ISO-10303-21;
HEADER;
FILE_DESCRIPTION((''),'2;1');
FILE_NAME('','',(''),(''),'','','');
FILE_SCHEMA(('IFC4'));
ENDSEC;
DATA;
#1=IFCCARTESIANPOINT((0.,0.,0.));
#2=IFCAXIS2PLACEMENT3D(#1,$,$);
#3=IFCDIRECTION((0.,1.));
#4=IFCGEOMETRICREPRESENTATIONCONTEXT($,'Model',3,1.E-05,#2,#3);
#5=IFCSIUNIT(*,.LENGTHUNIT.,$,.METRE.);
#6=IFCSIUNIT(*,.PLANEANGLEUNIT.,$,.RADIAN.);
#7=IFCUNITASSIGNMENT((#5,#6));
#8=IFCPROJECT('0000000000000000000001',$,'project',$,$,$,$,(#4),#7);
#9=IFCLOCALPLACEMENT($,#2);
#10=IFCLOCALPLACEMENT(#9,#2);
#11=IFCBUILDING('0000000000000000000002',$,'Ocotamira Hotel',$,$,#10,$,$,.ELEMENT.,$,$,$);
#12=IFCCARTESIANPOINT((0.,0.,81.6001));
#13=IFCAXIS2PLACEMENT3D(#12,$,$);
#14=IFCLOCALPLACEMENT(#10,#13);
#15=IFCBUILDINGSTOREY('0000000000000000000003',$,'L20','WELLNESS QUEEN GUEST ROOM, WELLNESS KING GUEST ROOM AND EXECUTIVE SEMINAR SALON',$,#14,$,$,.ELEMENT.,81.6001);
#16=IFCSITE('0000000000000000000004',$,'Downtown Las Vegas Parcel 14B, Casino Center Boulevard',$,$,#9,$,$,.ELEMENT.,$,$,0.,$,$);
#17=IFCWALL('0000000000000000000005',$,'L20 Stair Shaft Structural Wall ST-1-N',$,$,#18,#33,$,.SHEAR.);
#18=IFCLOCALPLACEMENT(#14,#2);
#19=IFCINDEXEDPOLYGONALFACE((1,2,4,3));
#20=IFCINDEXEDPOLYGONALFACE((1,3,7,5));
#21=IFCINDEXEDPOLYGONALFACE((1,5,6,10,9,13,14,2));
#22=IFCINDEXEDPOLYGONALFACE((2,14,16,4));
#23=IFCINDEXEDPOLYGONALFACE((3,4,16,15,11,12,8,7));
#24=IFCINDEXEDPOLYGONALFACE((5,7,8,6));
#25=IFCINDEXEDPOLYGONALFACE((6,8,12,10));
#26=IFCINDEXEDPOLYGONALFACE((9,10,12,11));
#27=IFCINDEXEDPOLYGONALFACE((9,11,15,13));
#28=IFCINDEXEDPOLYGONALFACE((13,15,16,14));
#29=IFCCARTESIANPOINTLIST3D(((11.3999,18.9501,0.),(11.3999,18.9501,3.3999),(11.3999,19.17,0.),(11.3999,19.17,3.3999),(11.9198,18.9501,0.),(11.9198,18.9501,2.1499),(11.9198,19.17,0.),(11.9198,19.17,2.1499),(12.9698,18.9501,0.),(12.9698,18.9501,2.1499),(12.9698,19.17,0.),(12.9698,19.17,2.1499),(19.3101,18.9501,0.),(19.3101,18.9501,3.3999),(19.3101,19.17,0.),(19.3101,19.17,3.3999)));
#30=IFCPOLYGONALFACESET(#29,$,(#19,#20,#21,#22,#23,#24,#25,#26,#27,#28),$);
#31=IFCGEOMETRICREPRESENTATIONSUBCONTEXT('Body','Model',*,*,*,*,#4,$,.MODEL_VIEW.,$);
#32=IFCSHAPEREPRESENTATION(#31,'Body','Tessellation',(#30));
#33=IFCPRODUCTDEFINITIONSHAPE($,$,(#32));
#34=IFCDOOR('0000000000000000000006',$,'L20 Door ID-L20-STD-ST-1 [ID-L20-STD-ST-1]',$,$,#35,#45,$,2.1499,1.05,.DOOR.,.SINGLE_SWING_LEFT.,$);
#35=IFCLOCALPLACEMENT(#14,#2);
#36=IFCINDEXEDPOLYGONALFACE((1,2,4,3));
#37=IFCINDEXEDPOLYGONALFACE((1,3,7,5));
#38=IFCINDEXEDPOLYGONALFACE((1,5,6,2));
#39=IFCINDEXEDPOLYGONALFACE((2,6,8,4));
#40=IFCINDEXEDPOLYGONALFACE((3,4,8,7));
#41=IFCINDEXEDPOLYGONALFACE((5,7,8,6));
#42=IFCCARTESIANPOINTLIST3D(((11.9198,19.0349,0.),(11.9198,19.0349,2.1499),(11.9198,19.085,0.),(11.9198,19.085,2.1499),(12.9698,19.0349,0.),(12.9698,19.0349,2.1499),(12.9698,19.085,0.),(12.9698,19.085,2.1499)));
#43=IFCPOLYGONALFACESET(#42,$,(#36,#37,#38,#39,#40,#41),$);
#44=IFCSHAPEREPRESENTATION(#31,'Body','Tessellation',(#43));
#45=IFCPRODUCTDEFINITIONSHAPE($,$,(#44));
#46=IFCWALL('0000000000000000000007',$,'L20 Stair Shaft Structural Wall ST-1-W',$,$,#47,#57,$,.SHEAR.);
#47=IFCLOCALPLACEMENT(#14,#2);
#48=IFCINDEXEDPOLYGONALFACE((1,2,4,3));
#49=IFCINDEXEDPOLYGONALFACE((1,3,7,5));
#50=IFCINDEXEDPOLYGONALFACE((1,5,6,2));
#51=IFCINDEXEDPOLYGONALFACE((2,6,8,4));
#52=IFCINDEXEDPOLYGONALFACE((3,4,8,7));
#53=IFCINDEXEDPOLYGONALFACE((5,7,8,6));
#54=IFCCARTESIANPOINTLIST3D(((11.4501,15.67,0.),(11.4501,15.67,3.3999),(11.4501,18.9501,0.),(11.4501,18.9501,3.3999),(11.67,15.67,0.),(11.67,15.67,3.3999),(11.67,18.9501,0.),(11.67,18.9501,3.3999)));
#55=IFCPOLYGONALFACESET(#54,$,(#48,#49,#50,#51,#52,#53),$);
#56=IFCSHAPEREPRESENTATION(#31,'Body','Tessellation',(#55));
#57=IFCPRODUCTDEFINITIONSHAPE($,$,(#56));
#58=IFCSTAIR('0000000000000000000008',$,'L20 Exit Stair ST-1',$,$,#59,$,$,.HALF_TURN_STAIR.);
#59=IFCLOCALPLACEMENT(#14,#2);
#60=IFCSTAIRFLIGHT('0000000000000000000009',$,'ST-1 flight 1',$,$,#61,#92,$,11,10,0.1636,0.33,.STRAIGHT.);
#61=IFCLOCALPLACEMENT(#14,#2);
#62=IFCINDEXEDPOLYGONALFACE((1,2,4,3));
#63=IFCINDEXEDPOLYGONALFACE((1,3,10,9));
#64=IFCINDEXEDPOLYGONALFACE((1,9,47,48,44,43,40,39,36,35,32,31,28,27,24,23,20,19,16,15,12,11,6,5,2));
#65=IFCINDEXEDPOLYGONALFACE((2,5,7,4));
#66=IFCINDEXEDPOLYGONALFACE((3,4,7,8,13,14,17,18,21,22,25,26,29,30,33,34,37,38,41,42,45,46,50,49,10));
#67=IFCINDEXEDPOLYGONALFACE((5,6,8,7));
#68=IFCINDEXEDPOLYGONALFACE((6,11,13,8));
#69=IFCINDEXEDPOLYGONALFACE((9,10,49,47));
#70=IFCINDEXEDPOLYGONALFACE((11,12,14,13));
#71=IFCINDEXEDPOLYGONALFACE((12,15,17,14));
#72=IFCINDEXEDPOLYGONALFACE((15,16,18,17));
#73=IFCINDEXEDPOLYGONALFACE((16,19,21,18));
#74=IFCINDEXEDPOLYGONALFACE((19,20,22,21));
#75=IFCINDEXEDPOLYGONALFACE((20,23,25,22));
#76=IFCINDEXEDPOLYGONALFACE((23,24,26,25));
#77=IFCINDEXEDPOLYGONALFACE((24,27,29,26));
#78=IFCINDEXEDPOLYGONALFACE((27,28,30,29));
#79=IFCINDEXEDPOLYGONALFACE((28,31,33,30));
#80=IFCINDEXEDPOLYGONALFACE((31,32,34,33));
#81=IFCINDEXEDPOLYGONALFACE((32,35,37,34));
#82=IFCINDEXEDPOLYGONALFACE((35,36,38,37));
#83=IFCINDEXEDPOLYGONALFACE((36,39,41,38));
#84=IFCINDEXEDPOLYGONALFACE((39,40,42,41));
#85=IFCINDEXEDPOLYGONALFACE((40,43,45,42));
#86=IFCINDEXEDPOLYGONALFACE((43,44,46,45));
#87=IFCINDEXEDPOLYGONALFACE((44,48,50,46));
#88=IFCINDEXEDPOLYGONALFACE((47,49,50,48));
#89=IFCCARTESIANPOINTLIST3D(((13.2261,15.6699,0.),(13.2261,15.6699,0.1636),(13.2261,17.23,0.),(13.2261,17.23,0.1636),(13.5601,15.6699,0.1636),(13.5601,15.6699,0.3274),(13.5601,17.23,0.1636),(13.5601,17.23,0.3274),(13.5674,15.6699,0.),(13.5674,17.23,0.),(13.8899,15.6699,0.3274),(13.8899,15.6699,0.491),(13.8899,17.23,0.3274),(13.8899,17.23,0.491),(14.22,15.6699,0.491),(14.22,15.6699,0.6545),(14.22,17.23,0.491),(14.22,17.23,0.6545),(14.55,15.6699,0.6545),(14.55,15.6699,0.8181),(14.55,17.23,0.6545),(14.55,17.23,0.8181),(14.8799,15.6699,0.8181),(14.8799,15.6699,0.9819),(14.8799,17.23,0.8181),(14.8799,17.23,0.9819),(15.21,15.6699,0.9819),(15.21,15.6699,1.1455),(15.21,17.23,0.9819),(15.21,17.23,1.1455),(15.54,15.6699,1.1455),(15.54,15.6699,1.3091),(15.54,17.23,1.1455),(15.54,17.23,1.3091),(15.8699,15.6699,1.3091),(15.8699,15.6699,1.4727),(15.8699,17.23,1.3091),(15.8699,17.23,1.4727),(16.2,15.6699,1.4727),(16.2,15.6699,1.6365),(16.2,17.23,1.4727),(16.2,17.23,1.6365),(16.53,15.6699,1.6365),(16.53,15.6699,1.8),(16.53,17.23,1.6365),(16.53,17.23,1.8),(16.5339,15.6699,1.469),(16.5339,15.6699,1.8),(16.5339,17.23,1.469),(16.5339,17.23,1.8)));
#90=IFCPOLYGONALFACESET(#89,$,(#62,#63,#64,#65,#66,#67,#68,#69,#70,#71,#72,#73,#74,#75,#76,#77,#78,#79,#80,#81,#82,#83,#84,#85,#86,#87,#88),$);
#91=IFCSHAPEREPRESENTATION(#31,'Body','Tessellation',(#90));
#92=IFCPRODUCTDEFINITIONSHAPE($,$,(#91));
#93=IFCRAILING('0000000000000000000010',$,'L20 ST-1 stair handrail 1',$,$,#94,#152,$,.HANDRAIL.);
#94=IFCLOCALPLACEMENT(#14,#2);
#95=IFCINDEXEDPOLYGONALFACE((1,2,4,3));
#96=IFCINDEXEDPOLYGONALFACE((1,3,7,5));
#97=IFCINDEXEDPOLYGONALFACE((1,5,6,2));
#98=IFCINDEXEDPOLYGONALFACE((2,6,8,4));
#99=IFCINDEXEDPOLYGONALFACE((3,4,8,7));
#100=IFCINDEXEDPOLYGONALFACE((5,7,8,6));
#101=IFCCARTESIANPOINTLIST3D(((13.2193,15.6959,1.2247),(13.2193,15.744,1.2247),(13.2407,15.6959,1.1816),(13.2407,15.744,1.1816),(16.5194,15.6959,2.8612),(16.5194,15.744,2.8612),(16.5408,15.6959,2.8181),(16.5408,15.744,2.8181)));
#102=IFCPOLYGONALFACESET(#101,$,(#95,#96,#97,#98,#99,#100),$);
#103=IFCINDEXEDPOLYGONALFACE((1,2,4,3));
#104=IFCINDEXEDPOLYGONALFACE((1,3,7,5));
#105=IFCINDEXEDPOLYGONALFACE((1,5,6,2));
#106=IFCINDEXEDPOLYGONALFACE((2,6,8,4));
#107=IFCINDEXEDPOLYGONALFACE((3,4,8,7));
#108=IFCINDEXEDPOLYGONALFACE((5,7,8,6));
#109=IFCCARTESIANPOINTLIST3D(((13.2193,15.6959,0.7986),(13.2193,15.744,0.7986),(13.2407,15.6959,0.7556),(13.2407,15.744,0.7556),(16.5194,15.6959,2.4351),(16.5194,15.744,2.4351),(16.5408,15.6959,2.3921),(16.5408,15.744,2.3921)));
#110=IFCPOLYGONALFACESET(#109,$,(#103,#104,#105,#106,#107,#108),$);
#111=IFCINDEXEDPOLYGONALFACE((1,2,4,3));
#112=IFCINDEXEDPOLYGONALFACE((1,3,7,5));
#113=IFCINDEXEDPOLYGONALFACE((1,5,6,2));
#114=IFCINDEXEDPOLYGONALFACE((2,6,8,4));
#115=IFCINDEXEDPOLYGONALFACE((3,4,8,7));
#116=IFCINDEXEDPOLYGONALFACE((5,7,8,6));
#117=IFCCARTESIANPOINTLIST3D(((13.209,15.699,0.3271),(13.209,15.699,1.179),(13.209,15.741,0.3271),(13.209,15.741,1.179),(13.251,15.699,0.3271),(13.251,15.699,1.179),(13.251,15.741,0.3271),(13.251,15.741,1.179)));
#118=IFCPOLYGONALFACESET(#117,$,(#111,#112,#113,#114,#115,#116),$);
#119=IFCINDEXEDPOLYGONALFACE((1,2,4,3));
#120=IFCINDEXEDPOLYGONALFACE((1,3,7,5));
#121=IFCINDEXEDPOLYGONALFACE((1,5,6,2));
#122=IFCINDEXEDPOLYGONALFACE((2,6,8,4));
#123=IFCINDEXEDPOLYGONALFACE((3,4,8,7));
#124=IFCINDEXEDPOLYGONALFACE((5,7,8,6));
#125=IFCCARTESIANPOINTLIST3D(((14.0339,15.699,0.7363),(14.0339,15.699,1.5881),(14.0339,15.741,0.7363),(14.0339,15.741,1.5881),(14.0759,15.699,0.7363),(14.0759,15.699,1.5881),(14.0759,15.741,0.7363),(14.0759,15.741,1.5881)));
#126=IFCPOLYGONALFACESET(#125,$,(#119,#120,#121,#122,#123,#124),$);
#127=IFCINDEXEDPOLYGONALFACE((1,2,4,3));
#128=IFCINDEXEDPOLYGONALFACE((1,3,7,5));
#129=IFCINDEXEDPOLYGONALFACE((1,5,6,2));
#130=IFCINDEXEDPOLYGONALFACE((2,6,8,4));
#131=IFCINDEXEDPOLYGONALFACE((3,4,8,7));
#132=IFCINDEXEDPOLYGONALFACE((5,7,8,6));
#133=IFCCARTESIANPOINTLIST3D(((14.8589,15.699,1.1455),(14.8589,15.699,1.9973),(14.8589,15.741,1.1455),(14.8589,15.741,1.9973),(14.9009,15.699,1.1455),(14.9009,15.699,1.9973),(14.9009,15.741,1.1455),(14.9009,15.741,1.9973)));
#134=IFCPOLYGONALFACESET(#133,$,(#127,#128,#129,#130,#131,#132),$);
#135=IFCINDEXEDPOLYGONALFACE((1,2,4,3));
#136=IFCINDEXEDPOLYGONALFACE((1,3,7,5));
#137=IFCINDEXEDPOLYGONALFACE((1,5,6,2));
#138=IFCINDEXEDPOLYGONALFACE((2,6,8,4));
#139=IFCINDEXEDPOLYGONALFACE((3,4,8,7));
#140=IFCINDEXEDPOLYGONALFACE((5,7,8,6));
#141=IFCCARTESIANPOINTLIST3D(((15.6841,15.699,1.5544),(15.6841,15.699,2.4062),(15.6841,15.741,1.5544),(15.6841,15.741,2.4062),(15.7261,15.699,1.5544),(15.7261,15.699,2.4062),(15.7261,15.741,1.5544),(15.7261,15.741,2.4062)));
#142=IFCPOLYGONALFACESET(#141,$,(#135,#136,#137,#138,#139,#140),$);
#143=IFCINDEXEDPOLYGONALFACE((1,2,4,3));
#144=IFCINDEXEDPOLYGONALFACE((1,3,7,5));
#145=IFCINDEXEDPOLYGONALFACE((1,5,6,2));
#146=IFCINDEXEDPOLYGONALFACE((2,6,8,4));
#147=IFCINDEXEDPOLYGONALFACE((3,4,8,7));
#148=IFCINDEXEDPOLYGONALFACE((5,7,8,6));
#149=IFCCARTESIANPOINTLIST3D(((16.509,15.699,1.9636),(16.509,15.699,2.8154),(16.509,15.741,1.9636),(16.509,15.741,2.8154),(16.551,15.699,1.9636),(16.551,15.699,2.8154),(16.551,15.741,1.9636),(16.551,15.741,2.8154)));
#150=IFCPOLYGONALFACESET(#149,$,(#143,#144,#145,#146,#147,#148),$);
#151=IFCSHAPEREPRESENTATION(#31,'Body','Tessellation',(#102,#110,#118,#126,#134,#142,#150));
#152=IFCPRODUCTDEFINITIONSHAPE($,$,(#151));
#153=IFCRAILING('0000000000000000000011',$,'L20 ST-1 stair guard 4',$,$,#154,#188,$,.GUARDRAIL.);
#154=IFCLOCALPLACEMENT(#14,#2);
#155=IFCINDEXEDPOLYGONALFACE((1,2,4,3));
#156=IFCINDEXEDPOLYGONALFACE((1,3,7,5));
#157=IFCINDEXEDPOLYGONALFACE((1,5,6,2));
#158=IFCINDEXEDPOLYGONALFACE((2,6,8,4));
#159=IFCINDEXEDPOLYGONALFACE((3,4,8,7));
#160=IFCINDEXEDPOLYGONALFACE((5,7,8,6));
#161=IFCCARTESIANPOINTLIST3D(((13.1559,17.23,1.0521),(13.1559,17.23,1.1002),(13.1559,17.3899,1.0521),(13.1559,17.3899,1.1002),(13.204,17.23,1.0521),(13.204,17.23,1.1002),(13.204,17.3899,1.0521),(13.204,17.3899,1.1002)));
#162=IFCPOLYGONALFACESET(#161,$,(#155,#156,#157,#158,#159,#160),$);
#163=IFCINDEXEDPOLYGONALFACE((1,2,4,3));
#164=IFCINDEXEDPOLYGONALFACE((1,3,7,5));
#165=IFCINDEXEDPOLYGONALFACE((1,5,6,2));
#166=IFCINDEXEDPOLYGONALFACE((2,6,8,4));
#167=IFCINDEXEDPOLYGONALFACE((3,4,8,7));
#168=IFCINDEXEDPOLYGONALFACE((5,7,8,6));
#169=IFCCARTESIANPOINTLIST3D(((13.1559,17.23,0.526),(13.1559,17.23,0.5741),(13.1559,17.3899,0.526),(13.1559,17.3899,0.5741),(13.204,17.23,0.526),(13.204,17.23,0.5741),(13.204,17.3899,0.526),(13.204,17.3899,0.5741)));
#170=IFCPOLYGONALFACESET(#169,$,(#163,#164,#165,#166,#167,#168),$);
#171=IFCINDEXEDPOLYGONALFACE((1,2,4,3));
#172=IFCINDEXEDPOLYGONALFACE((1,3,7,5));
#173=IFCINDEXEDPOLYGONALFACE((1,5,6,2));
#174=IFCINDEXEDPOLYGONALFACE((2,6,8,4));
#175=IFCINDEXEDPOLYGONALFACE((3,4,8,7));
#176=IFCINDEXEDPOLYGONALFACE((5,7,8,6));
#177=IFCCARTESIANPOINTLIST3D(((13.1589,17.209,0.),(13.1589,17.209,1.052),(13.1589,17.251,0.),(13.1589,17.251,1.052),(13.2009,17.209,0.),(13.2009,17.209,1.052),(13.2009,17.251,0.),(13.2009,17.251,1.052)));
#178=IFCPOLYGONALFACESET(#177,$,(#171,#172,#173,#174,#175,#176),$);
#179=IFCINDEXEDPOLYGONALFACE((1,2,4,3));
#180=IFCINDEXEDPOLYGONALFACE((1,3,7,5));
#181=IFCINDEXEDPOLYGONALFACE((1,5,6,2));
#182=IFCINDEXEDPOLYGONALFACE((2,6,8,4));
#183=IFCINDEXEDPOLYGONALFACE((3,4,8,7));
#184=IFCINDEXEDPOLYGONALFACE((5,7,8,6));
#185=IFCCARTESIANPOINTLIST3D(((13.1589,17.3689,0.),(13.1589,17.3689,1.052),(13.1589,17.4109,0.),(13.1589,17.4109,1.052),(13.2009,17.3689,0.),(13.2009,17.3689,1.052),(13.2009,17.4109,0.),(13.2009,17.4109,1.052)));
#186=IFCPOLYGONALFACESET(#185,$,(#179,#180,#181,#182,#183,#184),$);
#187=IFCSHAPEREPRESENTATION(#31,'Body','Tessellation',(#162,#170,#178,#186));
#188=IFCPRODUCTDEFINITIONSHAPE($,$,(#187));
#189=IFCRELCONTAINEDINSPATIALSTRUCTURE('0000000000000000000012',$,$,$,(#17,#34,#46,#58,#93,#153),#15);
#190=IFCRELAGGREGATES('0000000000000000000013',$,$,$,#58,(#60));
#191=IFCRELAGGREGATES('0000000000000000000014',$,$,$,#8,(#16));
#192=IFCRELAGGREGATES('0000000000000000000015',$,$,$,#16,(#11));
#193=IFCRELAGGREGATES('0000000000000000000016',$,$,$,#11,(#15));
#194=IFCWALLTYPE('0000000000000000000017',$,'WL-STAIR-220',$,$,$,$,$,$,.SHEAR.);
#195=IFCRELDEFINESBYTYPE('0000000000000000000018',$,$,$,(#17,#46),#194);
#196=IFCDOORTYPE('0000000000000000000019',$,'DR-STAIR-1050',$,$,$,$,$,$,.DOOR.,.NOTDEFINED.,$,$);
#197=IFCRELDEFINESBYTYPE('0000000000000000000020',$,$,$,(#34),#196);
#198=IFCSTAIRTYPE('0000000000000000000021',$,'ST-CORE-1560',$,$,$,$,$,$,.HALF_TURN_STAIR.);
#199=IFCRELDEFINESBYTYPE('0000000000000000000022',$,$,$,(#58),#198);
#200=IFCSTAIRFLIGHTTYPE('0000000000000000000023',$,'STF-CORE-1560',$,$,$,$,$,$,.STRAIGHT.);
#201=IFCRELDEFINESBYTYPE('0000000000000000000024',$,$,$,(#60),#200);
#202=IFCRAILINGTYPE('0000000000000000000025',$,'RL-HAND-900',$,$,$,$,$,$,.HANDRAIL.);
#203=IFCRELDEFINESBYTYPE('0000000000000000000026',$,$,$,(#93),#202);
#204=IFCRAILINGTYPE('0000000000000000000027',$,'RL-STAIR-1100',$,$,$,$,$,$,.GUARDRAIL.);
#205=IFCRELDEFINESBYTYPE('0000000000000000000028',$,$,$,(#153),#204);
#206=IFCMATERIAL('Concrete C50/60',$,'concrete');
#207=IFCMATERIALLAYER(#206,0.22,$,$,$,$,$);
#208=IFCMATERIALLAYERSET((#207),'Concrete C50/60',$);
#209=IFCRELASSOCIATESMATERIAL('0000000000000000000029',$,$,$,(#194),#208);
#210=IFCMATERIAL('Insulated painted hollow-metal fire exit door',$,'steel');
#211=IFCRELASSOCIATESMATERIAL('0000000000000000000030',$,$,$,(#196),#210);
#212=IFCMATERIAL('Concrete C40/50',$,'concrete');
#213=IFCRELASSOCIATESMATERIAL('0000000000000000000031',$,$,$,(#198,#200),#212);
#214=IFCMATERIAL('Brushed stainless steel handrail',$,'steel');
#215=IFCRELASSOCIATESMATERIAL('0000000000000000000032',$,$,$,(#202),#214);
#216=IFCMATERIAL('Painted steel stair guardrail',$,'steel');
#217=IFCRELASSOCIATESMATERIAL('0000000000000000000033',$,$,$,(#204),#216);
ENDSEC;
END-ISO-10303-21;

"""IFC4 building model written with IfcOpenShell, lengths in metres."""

from ifc_helpers import new_model, si_unit, direction, frame, frame_2d, origin, origin_2d, place, context, subcontext, project, spatial, polyline, rectangle, outline, extrude, source, transform, mapped, material, layer, layer_set, type_object, element, fill, aggregate, save


model = new_model("IFC4")

# Units and contexts
model_context = context("Model", 3, precision=1e-05, world=origin(), true_north=direction((0.0, 1.0)))
body_context = subcontext(model_context, "Body", "Model", "MODEL_VIEW")
ifc_project = project(units=[si_unit("LENGTHUNIT", "METRE"), si_unit("PLANEANGLEUNIT", "RADIAN")], contexts=[model_context])

# Site, building, storey
site_placement = place(None, origin())
site = spatial("IfcSite", under=ifc_project, at=site_placement, Name="Downtown Las Vegas Parcel 14B, Casino Center Boulevard", CompositionType="ELEMENT", RefElevation=0.0)
building_placement = place(site_placement, origin())
building = spatial("IfcBuilding", under=site, at=building_placement, Name="Ocotamira Hotel", CompositionType="ELEMENT")
storey_placement = place(building_placement, frame((0.0, 0.0, 81.6001)))
storey = spatial("IfcBuildingStorey", under=building, at=storey_placement, Name="L20", Description="WELLNESS QUEEN GUEST ROOM, WELLNESS KING GUEST ROOM AND EXECUTIVE SEMINAR SALON", CompositionType="ELEMENT", Elevation=81.6001)

# Shared definitions
ifc_material_1 = material(Name="Concrete C50/60", Category="concrete")
ifc_layer_1 = layer(ifc_material_1, 0.22)
ifc_layer_set_1 = layer_set([ifc_layer_1], Name="Concrete C50/60")
wall_type_1 = type_object("IfcWallType", Name="WL-STAIR-220", PredefinedType="SHEAR", material=ifc_layer_set_1)

# Wall, opening, door
wall_1_placement = place(storey_placement, frame((11.3999, 19.0601, 0.0), z_axis=(0.0, 0.0, 1.0), x_axis=(1.0, 0.0, 0.0)))
wall_1 = element("IfcWall", 1, at=wall_1_placement, inside=storey, type_object=wall_type_1, Name="L20 Stair Shaft Structural Wall ST-1-N", PredefinedType="SHEAR", context=body_context, shape_type="SweptSolid", body=[
    extrude(rectangle(XDim=7.9102, YDim=0.22, at=frame_2d((3.9551, 0.0))), origin(), (0.0, 0.0, 1.0), 3.3999),
])
opening_1_placement = place(wall_1_placement, frame((0.52, 0.0, 0.0)))
opening_1 = element("IfcOpeningElement", 2, at=opening_1_placement, cuts=wall_1, PredefinedType="OPENING", context=body_context, shape_type="SweptSolid", body=[
    extrude(rectangle(XDim=1.05, YDim=2.1499, at=frame_2d((0.5249, 1.075))), frame((0.0, 0.1201, 0.0), z_axis=(0.0, -1.0, 0.0), x_axis=(1.0, 0.0, 0.0)), (0.0, 0.0, 1.0), 0.24),
])
ifc_material_2 = material(Name="Insulated painted hollow-metal fire exit door", Category="steel")
door_type_1 = type_object("IfcDoorType", Name="DR-STAIR-1050", OperationType="NOTDEFINED", PredefinedType="DOOR", material=ifc_material_2)
shared_shape_1 = source(origin(), body_context, "Body", "SweptSolid", [
    extrude(rectangle(XDim=1.05, YDim=2.1499, at=frame_2d((0.5249, 1.075))), frame((0.0, 0.0249, 0.0), z_axis=(0.0, -1.0, 0.0), x_axis=(1.0, 0.0, 0.0)), (0.0, 0.0, 1.0), 0.05),
])
door_1_placement = place(opening_1_placement, origin())
door_1 = element("IfcDoor", 3, at=door_1_placement, inside=storey, type_object=door_type_1, Name="L20 Door ID-L20-STD-ST-1 [ID-L20-STD-ST-1]", OperationType="SINGLE_SWING_LEFT", OverallHeight=2.1499, OverallWidth=1.05, PredefinedType="DOOR", context=body_context, shape_type="MappedRepresentation", body=[
    mapped(shared_shape_1, transform((0.0, 0.0, 0.0), scale=1.0)),
])
fill(opening_1, door_1)

# Wall
wall_2_placement = place(storey_placement, frame((11.5601, 15.6699, 0.0), z_axis=(0.0, 0.0, 1.0), x_axis=(0.0, 1.0, 0.0)))
element("IfcWall", 4, at=wall_2_placement, inside=storey, type_object=wall_type_1, Name="L20 Stair Shaft Structural Wall ST-1-W", PredefinedType="SHEAR", context=body_context, shape_type="SweptSolid", body=[
    extrude(rectangle(XDim=3.28, YDim=0.22, at=frame_2d((1.6401, 0.0))), origin(), (0.0, 0.0, 1.0), 3.3999),
])

# Stair, stair flight
ifc_material_3 = material(Name="Concrete C40/50", Category="concrete")
stair_type = type_object("IfcStairType", Name="ST-CORE-1560", PredefinedType="HALF_TURN_STAIR", material=ifc_material_3)
stair_placement = place(storey_placement, origin())
stair = element("IfcStair", 5, at=stair_placement, inside=storey, type_object=stair_type, Name="L20 Exit Stair ST-1", PredefinedType="HALF_TURN_STAIR")
stair_flight_type = type_object("IfcStairFlightType", Name="STF-CORE-1560", PredefinedType="STRAIGHT", material=ifc_material_3)
shared_shape_2 = source(origin(), body_context, "Body", "SweptSolid", [
    extrude(outline(polyline([(-0.0039, 0.0), (-0.0039, 0.1636), (0.3301, 0.1636), (0.3301, 0.3274), (0.6599, 0.3274), (0.6599, 0.491), (0.99, 0.491), (0.99, 0.6545), (1.3201, 0.6545), (1.3201, 0.8181), (1.6499, 0.8181), (1.6499, 0.9819), (1.98, 0.9819), (1.98, 1.1455), (2.3101, 1.1455), (2.3101, 1.3091), (2.6399, 1.3091), (2.6399, 1.4727), (2.97, 1.4727), (2.97, 1.6365), (3.3, 1.6365), (3.3, 1.8), (3.304, 1.8), (3.304, 1.469), (0.3374, 0.0), (-0.0039, 0.0)])), frame((0.0, 0.78, 0.0), z_axis=(0.0, -1.0, 0.0), x_axis=(1.0, 0.0, 0.0)), (0.0, 0.0, 1.0), 1.5601),
])
stair_flight_placement = place(storey_placement, frame((13.23, 16.45, 0.0), z_axis=(0.0, 0.0, 1.0), x_axis=(1.0, 0.0, 0.0)))
stair_flight = element("IfcStairFlight", 6, at=stair_flight_placement, type_object=stair_flight_type, Name="ST-1 flight 1", NumberOfRisers=11, NumberOfTreads=10, PredefinedType="STRAIGHT", RiserHeight=0.1636, TreadLength=0.33, context=body_context, shape_type="MappedRepresentation", body=[
    mapped(shared_shape_2, transform((0.0, 0.0, 0.0), scale=1.0)),
])
aggregate(stair, [stair_flight])

# Railings
ifc_material_4 = material(Name="Brushed stainless steel handrail", Category="steel")
railing_type_1 = type_object("IfcRailingType", Name="RL-HAND-900", PredefinedType="HANDRAIL", material=ifc_material_4)
railing_1_placement = place(storey_placement, frame((13.23, 15.72, 0.3271)))
element("IfcRailing", 7, at=railing_1_placement, inside=storey, type_object=railing_type_1, Name="L20 ST-1 stair handrail 1", PredefinedType="HANDRAIL", context=body_context, shape_type="SweptSolid", body=[
    extrude(rectangle(XDim=0.0481, YDim=0.0481, at=origin_2d()), frame((0.0, 0.0, 0.876), z_axis=(0.895894, 0.0, 0.444268), x_axis=(0.0, 1.0, 0.0)), (0.0, 0.0, 1.0), 3.6836),
    extrude(rectangle(XDim=0.0481, YDim=0.0481, at=origin_2d()), frame((0.0, 0.0, 0.45), z_axis=(0.895894, 0.0, 0.444268), x_axis=(0.0, 1.0, 0.0)), (0.0, 0.0, 1.0), 3.6836),
    extrude(rectangle(XDim=0.042, YDim=0.042, at=origin_2d()), origin(), (0.0, 0.0, 1.0), 0.8518),
    extrude(rectangle(XDim=0.042, YDim=0.042, at=origin_2d()), frame((0.825, 0.0, 0.4092)), (0.0, 0.0, 1.0), 0.8518),
    extrude(rectangle(XDim=0.042, YDim=0.042, at=origin_2d()), frame((1.6499, 0.0, 0.8184)), (0.0, 0.0, 1.0), 0.8518),
    extrude(rectangle(XDim=0.042, YDim=0.042, at=origin_2d()), frame((2.4751, 0.0, 1.2273)), (0.0, 0.0, 1.0), 0.8518),
    extrude(rectangle(XDim=0.042, YDim=0.042, at=origin_2d()), frame((3.3, 0.0, 1.6365)), (0.0, 0.0, 1.0), 0.8518),
])
ifc_material_5 = material(Name="Painted steel stair guardrail", Category="steel")
railing_type_2 = type_object("IfcRailingType", Name="RL-STAIR-1100", PredefinedType="GUARDRAIL", material=ifc_material_5)
railing_2_placement = place(storey_placement, frame((13.1799, 17.23, 0.0)))
element("IfcRailing", 8, at=railing_2_placement, inside=storey, type_object=railing_type_2, Name="L20 ST-1 stair guard 4", PredefinedType="GUARDRAIL", context=body_context, shape_type="SweptSolid", body=[
    extrude(rectangle(XDim=0.0481, YDim=0.0481, at=origin_2d()), frame((0.0, 0.0, 1.0762), z_axis=(0.0, 1.0, 0.0), x_axis=(-1.0, 0.0, 0.0)), (0.0, 0.0, 1.0), 0.1599),
    extrude(rectangle(XDim=0.0481, YDim=0.0481, at=origin_2d()), frame((0.0, 0.0, 0.55), z_axis=(0.0, 1.0, 0.0), x_axis=(-1.0, 0.0, 0.0)), (0.0, 0.0, 1.0), 0.1599),
    extrude(rectangle(XDim=0.042, YDim=0.042, at=origin_2d()), origin(), (0.0, 0.0, 1.0), 1.052),
    extrude(rectangle(XDim=0.042, YDim=0.042, at=origin_2d()), frame((0.0, 0.1599, 0.0)), (0.0, 0.0, 1.0), 1.052),
])

save(model, "model.ifc")
